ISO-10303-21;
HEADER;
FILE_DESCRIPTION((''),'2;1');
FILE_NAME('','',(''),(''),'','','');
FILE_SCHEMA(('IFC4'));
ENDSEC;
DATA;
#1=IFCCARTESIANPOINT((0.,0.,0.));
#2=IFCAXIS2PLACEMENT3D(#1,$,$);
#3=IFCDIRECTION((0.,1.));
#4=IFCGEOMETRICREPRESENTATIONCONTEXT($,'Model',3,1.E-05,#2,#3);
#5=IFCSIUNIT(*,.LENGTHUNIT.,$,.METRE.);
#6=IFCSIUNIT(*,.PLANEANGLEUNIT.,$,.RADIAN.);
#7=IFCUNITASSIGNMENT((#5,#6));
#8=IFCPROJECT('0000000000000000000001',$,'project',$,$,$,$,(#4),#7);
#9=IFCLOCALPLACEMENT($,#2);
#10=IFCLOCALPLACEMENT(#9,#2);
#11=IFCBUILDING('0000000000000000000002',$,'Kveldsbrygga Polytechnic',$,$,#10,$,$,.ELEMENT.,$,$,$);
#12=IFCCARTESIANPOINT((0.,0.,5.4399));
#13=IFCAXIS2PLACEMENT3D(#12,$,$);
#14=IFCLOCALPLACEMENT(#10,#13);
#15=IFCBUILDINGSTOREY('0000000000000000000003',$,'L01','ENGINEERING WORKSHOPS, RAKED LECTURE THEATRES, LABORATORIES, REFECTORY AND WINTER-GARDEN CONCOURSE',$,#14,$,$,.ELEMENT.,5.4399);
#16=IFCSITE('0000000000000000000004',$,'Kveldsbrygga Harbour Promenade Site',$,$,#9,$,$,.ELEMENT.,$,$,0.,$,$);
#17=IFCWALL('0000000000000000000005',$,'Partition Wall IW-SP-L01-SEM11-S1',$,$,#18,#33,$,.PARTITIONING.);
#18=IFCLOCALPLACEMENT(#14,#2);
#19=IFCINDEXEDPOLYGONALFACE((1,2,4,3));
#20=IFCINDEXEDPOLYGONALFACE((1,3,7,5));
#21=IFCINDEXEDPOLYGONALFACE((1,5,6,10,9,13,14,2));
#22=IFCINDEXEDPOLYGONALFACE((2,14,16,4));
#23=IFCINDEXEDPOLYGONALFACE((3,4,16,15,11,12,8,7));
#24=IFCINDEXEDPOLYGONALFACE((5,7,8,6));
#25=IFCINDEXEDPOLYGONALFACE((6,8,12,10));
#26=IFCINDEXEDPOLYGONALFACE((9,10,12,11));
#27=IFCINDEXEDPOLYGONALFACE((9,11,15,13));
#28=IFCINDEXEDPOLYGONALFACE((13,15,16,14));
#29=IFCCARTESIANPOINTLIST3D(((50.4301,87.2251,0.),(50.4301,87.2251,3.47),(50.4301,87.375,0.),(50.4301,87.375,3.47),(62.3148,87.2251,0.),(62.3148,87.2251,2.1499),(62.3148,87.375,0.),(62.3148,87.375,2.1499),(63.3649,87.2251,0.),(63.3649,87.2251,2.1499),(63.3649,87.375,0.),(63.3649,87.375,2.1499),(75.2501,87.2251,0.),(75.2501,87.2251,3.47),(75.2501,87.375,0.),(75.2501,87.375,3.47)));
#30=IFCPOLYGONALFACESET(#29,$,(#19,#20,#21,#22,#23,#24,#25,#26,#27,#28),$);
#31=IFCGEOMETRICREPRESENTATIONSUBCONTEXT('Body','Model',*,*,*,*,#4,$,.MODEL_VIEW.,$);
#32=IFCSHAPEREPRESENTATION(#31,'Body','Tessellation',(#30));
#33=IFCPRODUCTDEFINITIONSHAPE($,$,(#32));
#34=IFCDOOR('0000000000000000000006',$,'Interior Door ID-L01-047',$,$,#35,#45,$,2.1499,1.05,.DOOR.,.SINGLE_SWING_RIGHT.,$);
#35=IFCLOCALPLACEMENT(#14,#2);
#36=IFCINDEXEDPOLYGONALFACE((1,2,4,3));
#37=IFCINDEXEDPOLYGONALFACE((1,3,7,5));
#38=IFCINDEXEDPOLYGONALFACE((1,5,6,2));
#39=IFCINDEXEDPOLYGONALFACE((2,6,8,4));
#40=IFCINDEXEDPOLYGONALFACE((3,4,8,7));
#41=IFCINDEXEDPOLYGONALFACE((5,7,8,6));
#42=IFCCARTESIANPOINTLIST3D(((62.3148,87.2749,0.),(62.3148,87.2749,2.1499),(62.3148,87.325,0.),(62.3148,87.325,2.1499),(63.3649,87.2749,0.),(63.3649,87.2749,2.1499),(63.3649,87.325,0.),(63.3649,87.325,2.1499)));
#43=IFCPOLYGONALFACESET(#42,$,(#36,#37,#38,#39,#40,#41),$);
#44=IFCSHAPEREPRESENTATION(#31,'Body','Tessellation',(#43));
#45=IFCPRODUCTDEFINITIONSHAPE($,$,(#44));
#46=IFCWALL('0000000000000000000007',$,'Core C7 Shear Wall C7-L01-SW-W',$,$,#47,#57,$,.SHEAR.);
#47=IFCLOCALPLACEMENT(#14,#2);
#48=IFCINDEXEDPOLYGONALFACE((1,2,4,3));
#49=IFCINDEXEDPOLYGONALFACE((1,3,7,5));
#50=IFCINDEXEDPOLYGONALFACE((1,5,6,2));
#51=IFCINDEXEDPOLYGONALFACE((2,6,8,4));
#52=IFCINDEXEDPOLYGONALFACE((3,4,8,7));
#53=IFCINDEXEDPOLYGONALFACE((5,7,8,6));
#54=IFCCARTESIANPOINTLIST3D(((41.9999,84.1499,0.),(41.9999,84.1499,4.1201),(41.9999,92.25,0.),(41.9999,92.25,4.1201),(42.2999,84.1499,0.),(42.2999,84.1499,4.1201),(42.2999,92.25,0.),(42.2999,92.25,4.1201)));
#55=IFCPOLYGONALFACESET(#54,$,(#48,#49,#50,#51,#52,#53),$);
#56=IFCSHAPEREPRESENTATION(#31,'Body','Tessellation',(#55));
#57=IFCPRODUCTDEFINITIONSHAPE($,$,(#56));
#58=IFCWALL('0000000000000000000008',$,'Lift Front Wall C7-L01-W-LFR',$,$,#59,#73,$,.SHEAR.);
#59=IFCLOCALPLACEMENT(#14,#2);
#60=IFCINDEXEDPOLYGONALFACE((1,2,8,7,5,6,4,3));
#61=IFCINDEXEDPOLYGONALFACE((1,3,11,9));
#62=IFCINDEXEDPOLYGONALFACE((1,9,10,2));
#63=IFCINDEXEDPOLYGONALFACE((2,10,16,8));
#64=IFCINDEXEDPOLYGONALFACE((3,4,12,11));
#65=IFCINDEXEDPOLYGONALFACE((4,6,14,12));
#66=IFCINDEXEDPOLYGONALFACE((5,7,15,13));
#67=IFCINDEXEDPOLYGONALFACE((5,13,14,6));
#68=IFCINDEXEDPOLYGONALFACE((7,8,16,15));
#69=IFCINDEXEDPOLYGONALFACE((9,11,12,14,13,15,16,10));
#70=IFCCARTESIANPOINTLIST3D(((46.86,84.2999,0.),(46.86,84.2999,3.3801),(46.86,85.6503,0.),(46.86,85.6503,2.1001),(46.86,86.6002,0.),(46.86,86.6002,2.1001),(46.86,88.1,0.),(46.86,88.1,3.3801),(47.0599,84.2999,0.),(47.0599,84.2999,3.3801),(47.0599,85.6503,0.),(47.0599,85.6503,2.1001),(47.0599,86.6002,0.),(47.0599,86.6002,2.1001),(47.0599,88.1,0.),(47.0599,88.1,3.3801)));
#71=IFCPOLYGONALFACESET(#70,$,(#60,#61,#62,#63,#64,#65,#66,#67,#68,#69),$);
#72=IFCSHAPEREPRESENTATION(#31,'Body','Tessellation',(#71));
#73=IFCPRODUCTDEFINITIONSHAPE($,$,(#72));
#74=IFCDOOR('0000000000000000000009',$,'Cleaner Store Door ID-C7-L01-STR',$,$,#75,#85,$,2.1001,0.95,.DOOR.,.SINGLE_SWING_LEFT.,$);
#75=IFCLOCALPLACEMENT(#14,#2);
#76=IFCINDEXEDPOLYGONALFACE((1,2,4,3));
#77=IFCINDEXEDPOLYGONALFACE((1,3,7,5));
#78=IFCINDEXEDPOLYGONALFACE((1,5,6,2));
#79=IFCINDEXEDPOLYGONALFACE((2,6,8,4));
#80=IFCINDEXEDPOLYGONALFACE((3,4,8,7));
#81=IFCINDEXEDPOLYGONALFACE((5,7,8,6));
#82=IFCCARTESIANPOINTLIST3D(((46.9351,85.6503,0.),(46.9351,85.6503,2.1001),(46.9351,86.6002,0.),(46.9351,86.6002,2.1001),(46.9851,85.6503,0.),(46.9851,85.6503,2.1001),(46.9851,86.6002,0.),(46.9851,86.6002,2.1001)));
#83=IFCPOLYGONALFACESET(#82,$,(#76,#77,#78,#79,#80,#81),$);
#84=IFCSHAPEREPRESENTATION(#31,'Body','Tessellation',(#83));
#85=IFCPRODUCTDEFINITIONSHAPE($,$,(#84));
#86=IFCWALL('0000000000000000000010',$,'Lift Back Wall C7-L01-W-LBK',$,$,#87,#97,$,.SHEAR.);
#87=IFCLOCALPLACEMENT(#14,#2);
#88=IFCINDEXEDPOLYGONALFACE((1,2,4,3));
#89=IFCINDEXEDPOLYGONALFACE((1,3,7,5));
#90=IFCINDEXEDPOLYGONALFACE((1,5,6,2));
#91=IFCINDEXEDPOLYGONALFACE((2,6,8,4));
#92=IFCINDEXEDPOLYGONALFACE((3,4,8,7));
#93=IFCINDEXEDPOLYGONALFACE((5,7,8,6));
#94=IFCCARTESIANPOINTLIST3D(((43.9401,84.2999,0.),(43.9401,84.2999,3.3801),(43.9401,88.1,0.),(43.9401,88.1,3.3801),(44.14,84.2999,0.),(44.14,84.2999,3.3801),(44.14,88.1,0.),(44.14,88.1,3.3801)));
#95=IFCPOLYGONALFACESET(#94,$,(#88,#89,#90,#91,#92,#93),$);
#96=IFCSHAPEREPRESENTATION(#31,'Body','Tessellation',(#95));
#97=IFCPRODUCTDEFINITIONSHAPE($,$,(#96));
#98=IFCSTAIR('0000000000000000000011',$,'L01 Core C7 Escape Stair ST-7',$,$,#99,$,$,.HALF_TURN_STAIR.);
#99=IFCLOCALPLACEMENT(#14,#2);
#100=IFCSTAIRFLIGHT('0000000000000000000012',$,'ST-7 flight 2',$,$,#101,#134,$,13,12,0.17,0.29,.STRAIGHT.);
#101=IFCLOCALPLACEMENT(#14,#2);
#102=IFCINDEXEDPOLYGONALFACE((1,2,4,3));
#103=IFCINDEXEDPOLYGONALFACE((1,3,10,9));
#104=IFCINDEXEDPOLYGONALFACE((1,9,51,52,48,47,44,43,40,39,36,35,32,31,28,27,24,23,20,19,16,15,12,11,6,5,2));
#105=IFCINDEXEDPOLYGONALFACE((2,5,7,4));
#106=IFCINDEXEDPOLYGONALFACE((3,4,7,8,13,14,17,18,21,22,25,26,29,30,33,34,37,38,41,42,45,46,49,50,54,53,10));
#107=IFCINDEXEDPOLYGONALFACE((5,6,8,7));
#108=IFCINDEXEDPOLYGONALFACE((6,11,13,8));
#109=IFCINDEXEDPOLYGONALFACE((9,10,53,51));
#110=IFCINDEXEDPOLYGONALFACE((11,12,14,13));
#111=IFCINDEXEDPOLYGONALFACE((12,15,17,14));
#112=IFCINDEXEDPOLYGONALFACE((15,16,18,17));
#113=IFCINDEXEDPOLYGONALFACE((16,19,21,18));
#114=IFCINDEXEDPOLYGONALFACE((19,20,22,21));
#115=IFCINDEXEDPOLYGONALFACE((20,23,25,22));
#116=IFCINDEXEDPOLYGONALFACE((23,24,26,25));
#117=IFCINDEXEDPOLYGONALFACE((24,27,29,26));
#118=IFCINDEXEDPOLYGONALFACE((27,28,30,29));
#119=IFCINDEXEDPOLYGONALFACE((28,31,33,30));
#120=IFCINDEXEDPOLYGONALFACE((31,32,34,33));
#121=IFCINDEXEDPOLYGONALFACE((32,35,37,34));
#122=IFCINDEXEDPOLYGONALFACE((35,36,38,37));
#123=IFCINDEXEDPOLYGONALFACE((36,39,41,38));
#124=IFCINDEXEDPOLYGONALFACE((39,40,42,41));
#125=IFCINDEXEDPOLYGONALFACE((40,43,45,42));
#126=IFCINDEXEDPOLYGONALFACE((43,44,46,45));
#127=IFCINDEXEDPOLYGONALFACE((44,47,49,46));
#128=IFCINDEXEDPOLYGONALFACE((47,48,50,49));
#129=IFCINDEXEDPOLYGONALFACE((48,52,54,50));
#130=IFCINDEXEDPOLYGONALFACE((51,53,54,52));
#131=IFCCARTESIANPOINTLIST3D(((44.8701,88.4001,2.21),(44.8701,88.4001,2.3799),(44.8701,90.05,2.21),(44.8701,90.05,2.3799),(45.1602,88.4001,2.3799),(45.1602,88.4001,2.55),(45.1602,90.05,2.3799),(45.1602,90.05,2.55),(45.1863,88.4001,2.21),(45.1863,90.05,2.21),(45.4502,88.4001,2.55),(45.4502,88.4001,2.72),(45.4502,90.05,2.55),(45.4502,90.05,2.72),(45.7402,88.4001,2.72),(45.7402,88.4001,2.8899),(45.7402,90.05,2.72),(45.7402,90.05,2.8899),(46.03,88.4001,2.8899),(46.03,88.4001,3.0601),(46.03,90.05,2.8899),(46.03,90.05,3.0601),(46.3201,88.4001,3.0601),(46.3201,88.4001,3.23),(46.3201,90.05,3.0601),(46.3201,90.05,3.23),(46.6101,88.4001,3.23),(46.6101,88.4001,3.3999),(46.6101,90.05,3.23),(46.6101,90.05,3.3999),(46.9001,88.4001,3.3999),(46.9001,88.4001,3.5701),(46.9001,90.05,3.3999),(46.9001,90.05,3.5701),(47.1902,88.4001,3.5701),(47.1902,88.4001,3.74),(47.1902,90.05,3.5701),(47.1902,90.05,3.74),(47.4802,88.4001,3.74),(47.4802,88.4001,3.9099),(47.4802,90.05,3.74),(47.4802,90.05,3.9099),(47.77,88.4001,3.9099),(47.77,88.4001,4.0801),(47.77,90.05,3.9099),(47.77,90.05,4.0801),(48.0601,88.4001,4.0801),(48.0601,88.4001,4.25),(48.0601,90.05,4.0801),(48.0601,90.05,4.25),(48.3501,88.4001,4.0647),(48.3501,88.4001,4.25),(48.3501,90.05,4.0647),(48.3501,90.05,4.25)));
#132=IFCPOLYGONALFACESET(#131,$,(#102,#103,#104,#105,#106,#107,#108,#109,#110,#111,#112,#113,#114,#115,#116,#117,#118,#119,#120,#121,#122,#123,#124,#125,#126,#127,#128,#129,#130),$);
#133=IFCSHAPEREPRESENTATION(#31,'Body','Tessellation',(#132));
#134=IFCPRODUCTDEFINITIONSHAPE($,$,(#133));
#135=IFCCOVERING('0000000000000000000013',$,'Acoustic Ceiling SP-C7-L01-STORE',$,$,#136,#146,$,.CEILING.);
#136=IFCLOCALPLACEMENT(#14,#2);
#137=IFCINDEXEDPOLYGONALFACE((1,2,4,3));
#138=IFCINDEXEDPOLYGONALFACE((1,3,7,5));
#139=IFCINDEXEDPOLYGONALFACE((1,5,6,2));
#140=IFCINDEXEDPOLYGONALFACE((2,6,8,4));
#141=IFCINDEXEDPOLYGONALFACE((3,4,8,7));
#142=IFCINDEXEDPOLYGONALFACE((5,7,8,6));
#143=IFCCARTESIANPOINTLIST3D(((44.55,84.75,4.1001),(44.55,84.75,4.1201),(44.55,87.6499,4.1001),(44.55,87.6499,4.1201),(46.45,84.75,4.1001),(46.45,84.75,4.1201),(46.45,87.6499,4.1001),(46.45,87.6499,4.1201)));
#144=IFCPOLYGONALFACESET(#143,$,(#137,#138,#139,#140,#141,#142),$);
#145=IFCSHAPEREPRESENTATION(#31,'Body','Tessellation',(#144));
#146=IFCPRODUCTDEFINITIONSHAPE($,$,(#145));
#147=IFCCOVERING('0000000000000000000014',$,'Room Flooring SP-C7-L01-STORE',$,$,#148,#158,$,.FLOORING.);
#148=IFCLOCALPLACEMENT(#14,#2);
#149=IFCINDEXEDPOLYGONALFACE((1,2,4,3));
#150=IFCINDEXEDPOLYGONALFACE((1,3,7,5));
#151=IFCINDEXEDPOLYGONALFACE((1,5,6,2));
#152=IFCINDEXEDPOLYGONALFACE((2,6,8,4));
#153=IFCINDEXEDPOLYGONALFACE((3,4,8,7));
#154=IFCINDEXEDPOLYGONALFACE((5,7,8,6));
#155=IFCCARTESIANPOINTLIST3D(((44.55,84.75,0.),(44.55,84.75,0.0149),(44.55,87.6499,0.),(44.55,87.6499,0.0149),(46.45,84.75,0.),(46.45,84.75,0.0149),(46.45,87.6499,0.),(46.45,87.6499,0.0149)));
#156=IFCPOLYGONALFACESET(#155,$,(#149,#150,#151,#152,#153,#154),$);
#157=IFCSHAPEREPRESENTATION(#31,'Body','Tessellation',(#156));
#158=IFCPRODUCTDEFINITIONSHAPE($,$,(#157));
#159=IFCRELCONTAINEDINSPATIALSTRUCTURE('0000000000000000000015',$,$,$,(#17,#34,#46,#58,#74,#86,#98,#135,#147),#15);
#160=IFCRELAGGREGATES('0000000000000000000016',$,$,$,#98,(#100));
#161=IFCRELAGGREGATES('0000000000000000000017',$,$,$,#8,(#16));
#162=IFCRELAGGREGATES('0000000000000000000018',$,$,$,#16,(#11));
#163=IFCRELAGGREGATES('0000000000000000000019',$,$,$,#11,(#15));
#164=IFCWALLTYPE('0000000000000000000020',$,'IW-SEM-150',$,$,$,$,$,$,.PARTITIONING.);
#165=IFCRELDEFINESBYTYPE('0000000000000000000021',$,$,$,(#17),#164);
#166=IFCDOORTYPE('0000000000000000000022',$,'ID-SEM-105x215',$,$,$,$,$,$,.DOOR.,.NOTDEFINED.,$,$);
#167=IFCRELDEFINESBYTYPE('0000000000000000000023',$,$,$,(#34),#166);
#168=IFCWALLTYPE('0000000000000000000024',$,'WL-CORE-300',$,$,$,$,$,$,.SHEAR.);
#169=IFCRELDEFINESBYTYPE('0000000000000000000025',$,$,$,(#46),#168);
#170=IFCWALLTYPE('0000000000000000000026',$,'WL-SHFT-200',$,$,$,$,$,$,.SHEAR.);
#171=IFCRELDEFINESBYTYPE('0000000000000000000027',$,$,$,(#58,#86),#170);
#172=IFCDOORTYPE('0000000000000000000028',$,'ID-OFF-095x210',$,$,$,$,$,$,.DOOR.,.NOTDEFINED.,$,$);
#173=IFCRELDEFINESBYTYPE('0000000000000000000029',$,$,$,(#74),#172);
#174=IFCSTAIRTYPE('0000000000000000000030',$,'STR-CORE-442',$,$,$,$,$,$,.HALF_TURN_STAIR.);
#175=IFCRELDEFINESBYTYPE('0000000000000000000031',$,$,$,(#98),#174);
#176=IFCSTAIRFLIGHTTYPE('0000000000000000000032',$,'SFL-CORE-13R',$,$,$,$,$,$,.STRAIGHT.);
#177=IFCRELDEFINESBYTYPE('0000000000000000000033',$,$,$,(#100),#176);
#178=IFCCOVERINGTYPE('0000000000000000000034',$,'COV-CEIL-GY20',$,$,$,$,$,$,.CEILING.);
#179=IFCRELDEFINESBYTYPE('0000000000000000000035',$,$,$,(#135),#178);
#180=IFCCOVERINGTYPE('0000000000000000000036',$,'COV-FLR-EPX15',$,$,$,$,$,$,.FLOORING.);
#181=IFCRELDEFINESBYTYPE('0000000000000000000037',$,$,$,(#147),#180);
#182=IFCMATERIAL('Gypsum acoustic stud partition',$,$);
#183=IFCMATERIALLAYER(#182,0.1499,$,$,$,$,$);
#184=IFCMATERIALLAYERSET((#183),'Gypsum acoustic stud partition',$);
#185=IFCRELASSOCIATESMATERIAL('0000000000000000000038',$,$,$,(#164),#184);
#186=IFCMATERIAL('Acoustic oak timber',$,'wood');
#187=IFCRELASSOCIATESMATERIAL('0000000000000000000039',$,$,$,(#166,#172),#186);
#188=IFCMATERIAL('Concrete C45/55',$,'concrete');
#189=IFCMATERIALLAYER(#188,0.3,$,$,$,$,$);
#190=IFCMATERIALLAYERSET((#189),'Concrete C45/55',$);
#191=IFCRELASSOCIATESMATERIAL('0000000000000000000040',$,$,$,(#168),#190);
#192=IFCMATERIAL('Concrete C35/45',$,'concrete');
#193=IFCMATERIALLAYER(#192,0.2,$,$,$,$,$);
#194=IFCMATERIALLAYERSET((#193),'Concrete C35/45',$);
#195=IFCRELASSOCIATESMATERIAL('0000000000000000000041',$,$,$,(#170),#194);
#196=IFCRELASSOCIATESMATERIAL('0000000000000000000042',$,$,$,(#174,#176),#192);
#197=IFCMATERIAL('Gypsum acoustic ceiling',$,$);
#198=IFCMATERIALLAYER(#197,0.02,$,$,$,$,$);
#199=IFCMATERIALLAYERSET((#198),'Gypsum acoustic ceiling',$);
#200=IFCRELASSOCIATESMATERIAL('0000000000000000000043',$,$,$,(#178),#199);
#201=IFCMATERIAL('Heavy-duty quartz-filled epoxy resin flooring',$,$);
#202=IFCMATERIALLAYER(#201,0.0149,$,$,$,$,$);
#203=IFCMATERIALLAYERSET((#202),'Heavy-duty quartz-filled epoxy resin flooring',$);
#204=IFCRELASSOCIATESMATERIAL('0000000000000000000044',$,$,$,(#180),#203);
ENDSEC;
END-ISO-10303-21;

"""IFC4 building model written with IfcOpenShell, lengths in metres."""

from ifc_helpers import new_model, si_unit, direction, frame, frame_2d, origin, origin_2d, place, context, subcontext, project, spatial, polyline, rectangle, outline, extrude, material, layer, layer_set, type_object, element, fill, aggregate, save


model = new_model("IFC4")

# Units and contexts
model_context = context("Model", 3, precision=1e-05, world=origin(), true_north=direction((0.0, 1.0)))
body_context = subcontext(model_context, "Body", "Model", "MODEL_VIEW")
ifc_project = project(units=[si_unit("LENGTHUNIT", "METRE"), si_unit("PLANEANGLEUNIT", "RADIAN")], contexts=[model_context])

# Site, building, storey
site_placement = place(None, origin())
site = spatial("IfcSite", under=ifc_project, at=site_placement, Name="Kveldsbrygga Harbour Promenade Site", CompositionType="ELEMENT", RefElevation=0.0)
building_placement = place(site_placement, origin())
building = spatial("IfcBuilding", under=site, at=building_placement, Name="Kveldsbrygga Polytechnic", CompositionType="ELEMENT")
storey_placement = place(building_placement, frame((0.0, 0.0, 5.4399)))
storey = spatial("IfcBuildingStorey", under=building, at=storey_placement, Name="L01", Description="ENGINEERING WORKSHOPS, RAKED LECTURE THEATRES, LABORATORIES, REFECTORY AND WINTER-GARDEN CONCOURSE", CompositionType="ELEMENT", Elevation=5.4399)

# Shared definitions
ifc_material_1 = material(Name="Concrete C45/55", Category="concrete")

# Shared definitions
ifc_material_2 = material(Name="Concrete C35/45", Category="concrete")

# Wall, opening, door
ifc_material_3 = material(Name="Gypsum acoustic stud partition")
ifc_layer_1 = layer(ifc_material_3, 0.1499)
ifc_layer_set_1 = layer_set([ifc_layer_1], Name="Gypsum acoustic stud partition")
wall_type_1 = type_object("IfcWallType", Name="IW-SEM-150", PredefinedType="PARTITIONING", material=ifc_layer_set_1)
wall_1_placement = place(storey_placement, frame((50.4299, 87.3, 0.0), z_axis=(0.0, 0.0, 1.0), x_axis=(1.0, 0.0, 0.0)))
wall_1 = element("IfcWall", 1, at=wall_1_placement, inside=storey, type_object=wall_type_1, Name="Partition Wall IW-SP-L01-SEM11-S1", PredefinedType="PARTITIONING", context=body_context, shape_type="SweptSolid", body=[
    extrude(rectangle(XDim=24.8201, YDim=0.1499, at=frame_2d((12.4102, 0.0))), origin(), (0.0, 0.0, 1.0), 3.47),
])
opening_1_placement = place(wall_1_placement, frame((11.885, 0.0, 0.0)))
opening_1 = element("IfcOpeningElement", 2, at=opening_1_placement, cuts=wall_1, PredefinedType="OPENING", context=body_context, shape_type="SweptSolid", body=[
    extrude(rectangle(XDim=1.05, YDim=2.1499, at=frame_2d((0.5249, 1.075))), frame((0.0, 0.085, 0.0), z_axis=(0.0, -1.0, 0.0), x_axis=(1.0, 0.0, 0.0)), (0.0, 0.0, 1.0), 0.1699),
])
ifc_material_4 = material(Name="Acoustic oak timber", Category="wood")
door_type_1 = type_object("IfcDoorType", Name="ID-SEM-105x215", OperationType="NOTDEFINED", PredefinedType="DOOR", material=ifc_material_4)
door_1_placement = place(opening_1_placement, origin())
door_1 = element("IfcDoor", 3, at=door_1_placement, inside=storey, type_object=door_type_1, Name="Interior Door ID-L01-047", OperationType="SINGLE_SWING_RIGHT", OverallHeight=2.1499, OverallWidth=1.05, PredefinedType="DOOR", context=body_context, shape_type="SweptSolid", body=[
    extrude(rectangle(XDim=1.05, YDim=2.1499, at=frame_2d((0.5249, 1.075))), frame((0.0, 0.0249, 0.0), z_axis=(0.0, -1.0, 0.0), x_axis=(1.0, 0.0, 0.0)), (0.0, 0.0, 1.0), 0.05),
])
fill(opening_1, door_1)

# Wall
ifc_layer_2 = layer(ifc_material_1, 0.3)
ifc_layer_set_2 = layer_set([ifc_layer_2], Name="Concrete C45/55")
wall_type_2 = type_object("IfcWallType", Name="WL-CORE-300", PredefinedType="SHEAR", material=ifc_layer_set_2)
wall_2_placement = place(storey_placement, frame((42.1499, 84.1499, 0.0), z_axis=(0.0, 0.0, 1.0), x_axis=(0.0, 1.0, 0.0)))
element("IfcWall", 4, at=wall_2_placement, inside=storey, type_object=wall_type_2, Name="Core C7 Shear Wall C7-L01-SW-W", PredefinedType="SHEAR", context=body_context, shape_type="SweptSolid", body=[
    extrude(rectangle(XDim=8.1001, YDim=0.3, at=frame_2d((4.05, 0.0))), origin(), (0.0, 0.0, 1.0), 4.1201),
])

# Wall, opening, door
ifc_layer_3 = layer(ifc_material_2, 0.2)
ifc_layer_set_3 = layer_set([ifc_layer_3], Name="Concrete C35/45")
wall_type_3 = type_object("IfcWallType", Name="WL-SHFT-200", PredefinedType="SHEAR", material=ifc_layer_set_3)
wall_3_placement = place(storey_placement, frame((46.96, 84.3, 0.0), z_axis=(0.0, 0.0, 1.0), x_axis=(0.0, 1.0, 0.0)))
wall_3 = element("IfcWall", 5, at=wall_3_placement, inside=storey, type_object=wall_type_3, Name="Lift Front Wall C7-L01-W-LFR", PredefinedType="SHEAR", context=body_context, shape_type="SweptSolid", body=[
    extrude(rectangle(XDim=3.8, YDim=0.2, at=frame_2d((1.8999, 0.0))), origin(), (0.0, 0.0, 1.0), 3.3801),
])
opening_2_placement = place(wall_3_placement, frame((1.3501, 0.0, 0.0)))
opening_2 = element("IfcOpeningElement", 6, at=opening_2_placement, cuts=wall_3, PredefinedType="OPENING", context=body_context, shape_type="SweptSolid", body=[
    extrude(rectangle(XDim=0.95, YDim=2.1001, at=frame_2d((0.4751, 1.05))), frame((0.0, 0.1099, 0.0), z_axis=(0.0, -1.0, 0.0), x_axis=(1.0, 0.0, 0.0)), (0.0, 0.0, 1.0), 0.22),
])
door_type_2 = type_object("IfcDoorType", Name="ID-OFF-095x210", OperationType="NOTDEFINED", PredefinedType="DOOR", material=ifc_material_4)
door_2_placement = place(opening_2_placement, origin())
door_2 = element("IfcDoor", 7, at=door_2_placement, inside=storey, type_object=door_type_2, Name="Cleaner Store Door ID-C7-L01-STR", OperationType="SINGLE_SWING_LEFT", OverallHeight=2.1001, OverallWidth=0.95, PredefinedType="DOOR", context=body_context, shape_type="SweptSolid", body=[
    extrude(rectangle(XDim=0.95, YDim=2.1001, at=frame_2d((0.4751, 1.05))), frame((0.0, 0.0249, 0.0), z_axis=(0.0, -1.0, 0.0), x_axis=(1.0, 0.0, 0.0)), (0.0, 0.0, 1.0), 0.05),
])
fill(opening_2, door_2)

# Wall
wall_4_placement = place(storey_placement, frame((44.04, 84.3, 0.0), z_axis=(0.0, 0.0, 1.0), x_axis=(0.0, 1.0, 0.0)))
element("IfcWall", 8, at=wall_4_placement, inside=storey, type_object=wall_type_3, Name="Lift Back Wall C7-L01-W-LBK", PredefinedType="SHEAR", context=body_context, shape_type="SweptSolid", body=[
    extrude(rectangle(XDim=3.8, YDim=0.2, at=frame_2d((1.8999, 0.0))), origin(), (0.0, 0.0, 1.0), 3.3801),
])

# Stair, stair flight
stair_type = type_object("IfcStairType", Name="STR-CORE-442", PredefinedType="HALF_TURN_STAIR", material=ifc_material_2)
stair_placement = place(storey_placement, origin())
stair = element("IfcStair", 9, at=stair_placement, inside=storey, type_object=stair_type, Name="L01 Core C7 Escape Stair ST-7", PredefinedType="HALF_TURN_STAIR")
stair_flight_type = type_object("IfcStairFlightType", Name="SFL-CORE-13R", PredefinedType="STRAIGHT", material=ifc_material_2)
stair_flight_placement = place(storey_placement, frame((44.8701, 89.2251, 2.21), z_axis=(0.0, 0.0, 1.0), x_axis=(1.0, 0.0, 0.0)))
stair_flight = element("IfcStairFlight", 10, at=stair_flight_placement, type_object=stair_flight_type, Name="ST-7 flight 2", NumberOfRisers=13, NumberOfTreads=12, PredefinedType="STRAIGHT", RiserHeight=0.17, TreadLength=0.29, context=body_context, shape_type="SweptSolid", body=[
    extrude(outline(polyline([(0.0, 0.0), (0.0, 0.1699), (0.29, 0.1699), (0.29, 0.3401), (0.5801, 0.3401), (0.5801, 0.51), (0.8701, 0.51), (0.8701, 0.6799), (1.1599, 0.6799), (1.1599, 0.8501), (1.45, 0.8501), (1.45, 1.02), (1.74, 1.02), (1.74, 1.1899), (2.03, 1.1899), (2.03, 1.3601), (2.3201, 1.3601), (2.3201, 1.53), (2.6101, 1.53), (2.6101, 1.7), (2.8999, 1.7), (2.8999, 1.8701), (3.1899, 1.8701), (3.1899, 2.04), (3.48, 2.04), (3.48, 2.21), (3.48, 1.8547), (0.3162, 0.0), (0.0, 0.0)])), frame((0.0, 0.825, 0.0), z_axis=(0.0, -1.0, 0.0), x_axis=(1.0, 0.0, 0.0)), (0.0, 0.0, 1.0), 1.6499),
])
aggregate(stair, [stair_flight])

# Coverings
ifc_material_5 = material(Name="Gypsum acoustic ceiling")
ifc_layer_4 = layer(ifc_material_5, 0.02)
ifc_layer_set_4 = layer_set([ifc_layer_4], Name="Gypsum acoustic ceiling")
covering_type_1 = type_object("IfcCoveringType", Name="COV-CEIL-GY20", PredefinedType="CEILING", material=ifc_layer_set_4)
covering_1_placement = place(storey_placement, frame((45.5, 86.2, 4.1001), z_axis=(0.0, 0.0, 1.0), x_axis=(1.0, 0.0, 0.0)))
element("IfcCovering", 11, at=covering_1_placement, inside=storey, type_object=covering_type_1, Name="Acoustic Ceiling SP-C7-L01-STORE", PredefinedType="CEILING", context=body_context, shape_type="SweptSolid", body=[
    extrude(rectangle(XDim=1.8999, YDim=2.8999, at=origin_2d()), origin(), (0.0, 0.0, 1.0), 0.02),
])
ifc_material_6 = material(Name="Heavy-duty quartz-filled epoxy resin flooring")
ifc_layer_5 = layer(ifc_material_6, 0.0149)
ifc_layer_set_5 = layer_set([ifc_layer_5], Name="Heavy-duty quartz-filled epoxy resin flooring")
covering_type_2 = type_object("IfcCoveringType", Name="COV-FLR-EPX15", PredefinedType="FLOORING", material=ifc_layer_set_5)
covering_2_placement = place(storey_placement, frame((45.5, 86.2, 0.0), z_axis=(0.0, 0.0, 1.0), x_axis=(1.0, 0.0, 0.0)))
element("IfcCovering", 12, at=covering_2_placement, inside=storey, type_object=covering_type_2, Name="Room Flooring SP-C7-L01-STORE", PredefinedType="FLOORING", context=body_context, shape_type="SweptSolid", body=[
    extrude(rectangle(XDim=1.8999, YDim=2.8999, at=origin_2d()), origin(), (0.0, 0.0, 1.0), 0.0149),
])

save(model, "model.ifc")
